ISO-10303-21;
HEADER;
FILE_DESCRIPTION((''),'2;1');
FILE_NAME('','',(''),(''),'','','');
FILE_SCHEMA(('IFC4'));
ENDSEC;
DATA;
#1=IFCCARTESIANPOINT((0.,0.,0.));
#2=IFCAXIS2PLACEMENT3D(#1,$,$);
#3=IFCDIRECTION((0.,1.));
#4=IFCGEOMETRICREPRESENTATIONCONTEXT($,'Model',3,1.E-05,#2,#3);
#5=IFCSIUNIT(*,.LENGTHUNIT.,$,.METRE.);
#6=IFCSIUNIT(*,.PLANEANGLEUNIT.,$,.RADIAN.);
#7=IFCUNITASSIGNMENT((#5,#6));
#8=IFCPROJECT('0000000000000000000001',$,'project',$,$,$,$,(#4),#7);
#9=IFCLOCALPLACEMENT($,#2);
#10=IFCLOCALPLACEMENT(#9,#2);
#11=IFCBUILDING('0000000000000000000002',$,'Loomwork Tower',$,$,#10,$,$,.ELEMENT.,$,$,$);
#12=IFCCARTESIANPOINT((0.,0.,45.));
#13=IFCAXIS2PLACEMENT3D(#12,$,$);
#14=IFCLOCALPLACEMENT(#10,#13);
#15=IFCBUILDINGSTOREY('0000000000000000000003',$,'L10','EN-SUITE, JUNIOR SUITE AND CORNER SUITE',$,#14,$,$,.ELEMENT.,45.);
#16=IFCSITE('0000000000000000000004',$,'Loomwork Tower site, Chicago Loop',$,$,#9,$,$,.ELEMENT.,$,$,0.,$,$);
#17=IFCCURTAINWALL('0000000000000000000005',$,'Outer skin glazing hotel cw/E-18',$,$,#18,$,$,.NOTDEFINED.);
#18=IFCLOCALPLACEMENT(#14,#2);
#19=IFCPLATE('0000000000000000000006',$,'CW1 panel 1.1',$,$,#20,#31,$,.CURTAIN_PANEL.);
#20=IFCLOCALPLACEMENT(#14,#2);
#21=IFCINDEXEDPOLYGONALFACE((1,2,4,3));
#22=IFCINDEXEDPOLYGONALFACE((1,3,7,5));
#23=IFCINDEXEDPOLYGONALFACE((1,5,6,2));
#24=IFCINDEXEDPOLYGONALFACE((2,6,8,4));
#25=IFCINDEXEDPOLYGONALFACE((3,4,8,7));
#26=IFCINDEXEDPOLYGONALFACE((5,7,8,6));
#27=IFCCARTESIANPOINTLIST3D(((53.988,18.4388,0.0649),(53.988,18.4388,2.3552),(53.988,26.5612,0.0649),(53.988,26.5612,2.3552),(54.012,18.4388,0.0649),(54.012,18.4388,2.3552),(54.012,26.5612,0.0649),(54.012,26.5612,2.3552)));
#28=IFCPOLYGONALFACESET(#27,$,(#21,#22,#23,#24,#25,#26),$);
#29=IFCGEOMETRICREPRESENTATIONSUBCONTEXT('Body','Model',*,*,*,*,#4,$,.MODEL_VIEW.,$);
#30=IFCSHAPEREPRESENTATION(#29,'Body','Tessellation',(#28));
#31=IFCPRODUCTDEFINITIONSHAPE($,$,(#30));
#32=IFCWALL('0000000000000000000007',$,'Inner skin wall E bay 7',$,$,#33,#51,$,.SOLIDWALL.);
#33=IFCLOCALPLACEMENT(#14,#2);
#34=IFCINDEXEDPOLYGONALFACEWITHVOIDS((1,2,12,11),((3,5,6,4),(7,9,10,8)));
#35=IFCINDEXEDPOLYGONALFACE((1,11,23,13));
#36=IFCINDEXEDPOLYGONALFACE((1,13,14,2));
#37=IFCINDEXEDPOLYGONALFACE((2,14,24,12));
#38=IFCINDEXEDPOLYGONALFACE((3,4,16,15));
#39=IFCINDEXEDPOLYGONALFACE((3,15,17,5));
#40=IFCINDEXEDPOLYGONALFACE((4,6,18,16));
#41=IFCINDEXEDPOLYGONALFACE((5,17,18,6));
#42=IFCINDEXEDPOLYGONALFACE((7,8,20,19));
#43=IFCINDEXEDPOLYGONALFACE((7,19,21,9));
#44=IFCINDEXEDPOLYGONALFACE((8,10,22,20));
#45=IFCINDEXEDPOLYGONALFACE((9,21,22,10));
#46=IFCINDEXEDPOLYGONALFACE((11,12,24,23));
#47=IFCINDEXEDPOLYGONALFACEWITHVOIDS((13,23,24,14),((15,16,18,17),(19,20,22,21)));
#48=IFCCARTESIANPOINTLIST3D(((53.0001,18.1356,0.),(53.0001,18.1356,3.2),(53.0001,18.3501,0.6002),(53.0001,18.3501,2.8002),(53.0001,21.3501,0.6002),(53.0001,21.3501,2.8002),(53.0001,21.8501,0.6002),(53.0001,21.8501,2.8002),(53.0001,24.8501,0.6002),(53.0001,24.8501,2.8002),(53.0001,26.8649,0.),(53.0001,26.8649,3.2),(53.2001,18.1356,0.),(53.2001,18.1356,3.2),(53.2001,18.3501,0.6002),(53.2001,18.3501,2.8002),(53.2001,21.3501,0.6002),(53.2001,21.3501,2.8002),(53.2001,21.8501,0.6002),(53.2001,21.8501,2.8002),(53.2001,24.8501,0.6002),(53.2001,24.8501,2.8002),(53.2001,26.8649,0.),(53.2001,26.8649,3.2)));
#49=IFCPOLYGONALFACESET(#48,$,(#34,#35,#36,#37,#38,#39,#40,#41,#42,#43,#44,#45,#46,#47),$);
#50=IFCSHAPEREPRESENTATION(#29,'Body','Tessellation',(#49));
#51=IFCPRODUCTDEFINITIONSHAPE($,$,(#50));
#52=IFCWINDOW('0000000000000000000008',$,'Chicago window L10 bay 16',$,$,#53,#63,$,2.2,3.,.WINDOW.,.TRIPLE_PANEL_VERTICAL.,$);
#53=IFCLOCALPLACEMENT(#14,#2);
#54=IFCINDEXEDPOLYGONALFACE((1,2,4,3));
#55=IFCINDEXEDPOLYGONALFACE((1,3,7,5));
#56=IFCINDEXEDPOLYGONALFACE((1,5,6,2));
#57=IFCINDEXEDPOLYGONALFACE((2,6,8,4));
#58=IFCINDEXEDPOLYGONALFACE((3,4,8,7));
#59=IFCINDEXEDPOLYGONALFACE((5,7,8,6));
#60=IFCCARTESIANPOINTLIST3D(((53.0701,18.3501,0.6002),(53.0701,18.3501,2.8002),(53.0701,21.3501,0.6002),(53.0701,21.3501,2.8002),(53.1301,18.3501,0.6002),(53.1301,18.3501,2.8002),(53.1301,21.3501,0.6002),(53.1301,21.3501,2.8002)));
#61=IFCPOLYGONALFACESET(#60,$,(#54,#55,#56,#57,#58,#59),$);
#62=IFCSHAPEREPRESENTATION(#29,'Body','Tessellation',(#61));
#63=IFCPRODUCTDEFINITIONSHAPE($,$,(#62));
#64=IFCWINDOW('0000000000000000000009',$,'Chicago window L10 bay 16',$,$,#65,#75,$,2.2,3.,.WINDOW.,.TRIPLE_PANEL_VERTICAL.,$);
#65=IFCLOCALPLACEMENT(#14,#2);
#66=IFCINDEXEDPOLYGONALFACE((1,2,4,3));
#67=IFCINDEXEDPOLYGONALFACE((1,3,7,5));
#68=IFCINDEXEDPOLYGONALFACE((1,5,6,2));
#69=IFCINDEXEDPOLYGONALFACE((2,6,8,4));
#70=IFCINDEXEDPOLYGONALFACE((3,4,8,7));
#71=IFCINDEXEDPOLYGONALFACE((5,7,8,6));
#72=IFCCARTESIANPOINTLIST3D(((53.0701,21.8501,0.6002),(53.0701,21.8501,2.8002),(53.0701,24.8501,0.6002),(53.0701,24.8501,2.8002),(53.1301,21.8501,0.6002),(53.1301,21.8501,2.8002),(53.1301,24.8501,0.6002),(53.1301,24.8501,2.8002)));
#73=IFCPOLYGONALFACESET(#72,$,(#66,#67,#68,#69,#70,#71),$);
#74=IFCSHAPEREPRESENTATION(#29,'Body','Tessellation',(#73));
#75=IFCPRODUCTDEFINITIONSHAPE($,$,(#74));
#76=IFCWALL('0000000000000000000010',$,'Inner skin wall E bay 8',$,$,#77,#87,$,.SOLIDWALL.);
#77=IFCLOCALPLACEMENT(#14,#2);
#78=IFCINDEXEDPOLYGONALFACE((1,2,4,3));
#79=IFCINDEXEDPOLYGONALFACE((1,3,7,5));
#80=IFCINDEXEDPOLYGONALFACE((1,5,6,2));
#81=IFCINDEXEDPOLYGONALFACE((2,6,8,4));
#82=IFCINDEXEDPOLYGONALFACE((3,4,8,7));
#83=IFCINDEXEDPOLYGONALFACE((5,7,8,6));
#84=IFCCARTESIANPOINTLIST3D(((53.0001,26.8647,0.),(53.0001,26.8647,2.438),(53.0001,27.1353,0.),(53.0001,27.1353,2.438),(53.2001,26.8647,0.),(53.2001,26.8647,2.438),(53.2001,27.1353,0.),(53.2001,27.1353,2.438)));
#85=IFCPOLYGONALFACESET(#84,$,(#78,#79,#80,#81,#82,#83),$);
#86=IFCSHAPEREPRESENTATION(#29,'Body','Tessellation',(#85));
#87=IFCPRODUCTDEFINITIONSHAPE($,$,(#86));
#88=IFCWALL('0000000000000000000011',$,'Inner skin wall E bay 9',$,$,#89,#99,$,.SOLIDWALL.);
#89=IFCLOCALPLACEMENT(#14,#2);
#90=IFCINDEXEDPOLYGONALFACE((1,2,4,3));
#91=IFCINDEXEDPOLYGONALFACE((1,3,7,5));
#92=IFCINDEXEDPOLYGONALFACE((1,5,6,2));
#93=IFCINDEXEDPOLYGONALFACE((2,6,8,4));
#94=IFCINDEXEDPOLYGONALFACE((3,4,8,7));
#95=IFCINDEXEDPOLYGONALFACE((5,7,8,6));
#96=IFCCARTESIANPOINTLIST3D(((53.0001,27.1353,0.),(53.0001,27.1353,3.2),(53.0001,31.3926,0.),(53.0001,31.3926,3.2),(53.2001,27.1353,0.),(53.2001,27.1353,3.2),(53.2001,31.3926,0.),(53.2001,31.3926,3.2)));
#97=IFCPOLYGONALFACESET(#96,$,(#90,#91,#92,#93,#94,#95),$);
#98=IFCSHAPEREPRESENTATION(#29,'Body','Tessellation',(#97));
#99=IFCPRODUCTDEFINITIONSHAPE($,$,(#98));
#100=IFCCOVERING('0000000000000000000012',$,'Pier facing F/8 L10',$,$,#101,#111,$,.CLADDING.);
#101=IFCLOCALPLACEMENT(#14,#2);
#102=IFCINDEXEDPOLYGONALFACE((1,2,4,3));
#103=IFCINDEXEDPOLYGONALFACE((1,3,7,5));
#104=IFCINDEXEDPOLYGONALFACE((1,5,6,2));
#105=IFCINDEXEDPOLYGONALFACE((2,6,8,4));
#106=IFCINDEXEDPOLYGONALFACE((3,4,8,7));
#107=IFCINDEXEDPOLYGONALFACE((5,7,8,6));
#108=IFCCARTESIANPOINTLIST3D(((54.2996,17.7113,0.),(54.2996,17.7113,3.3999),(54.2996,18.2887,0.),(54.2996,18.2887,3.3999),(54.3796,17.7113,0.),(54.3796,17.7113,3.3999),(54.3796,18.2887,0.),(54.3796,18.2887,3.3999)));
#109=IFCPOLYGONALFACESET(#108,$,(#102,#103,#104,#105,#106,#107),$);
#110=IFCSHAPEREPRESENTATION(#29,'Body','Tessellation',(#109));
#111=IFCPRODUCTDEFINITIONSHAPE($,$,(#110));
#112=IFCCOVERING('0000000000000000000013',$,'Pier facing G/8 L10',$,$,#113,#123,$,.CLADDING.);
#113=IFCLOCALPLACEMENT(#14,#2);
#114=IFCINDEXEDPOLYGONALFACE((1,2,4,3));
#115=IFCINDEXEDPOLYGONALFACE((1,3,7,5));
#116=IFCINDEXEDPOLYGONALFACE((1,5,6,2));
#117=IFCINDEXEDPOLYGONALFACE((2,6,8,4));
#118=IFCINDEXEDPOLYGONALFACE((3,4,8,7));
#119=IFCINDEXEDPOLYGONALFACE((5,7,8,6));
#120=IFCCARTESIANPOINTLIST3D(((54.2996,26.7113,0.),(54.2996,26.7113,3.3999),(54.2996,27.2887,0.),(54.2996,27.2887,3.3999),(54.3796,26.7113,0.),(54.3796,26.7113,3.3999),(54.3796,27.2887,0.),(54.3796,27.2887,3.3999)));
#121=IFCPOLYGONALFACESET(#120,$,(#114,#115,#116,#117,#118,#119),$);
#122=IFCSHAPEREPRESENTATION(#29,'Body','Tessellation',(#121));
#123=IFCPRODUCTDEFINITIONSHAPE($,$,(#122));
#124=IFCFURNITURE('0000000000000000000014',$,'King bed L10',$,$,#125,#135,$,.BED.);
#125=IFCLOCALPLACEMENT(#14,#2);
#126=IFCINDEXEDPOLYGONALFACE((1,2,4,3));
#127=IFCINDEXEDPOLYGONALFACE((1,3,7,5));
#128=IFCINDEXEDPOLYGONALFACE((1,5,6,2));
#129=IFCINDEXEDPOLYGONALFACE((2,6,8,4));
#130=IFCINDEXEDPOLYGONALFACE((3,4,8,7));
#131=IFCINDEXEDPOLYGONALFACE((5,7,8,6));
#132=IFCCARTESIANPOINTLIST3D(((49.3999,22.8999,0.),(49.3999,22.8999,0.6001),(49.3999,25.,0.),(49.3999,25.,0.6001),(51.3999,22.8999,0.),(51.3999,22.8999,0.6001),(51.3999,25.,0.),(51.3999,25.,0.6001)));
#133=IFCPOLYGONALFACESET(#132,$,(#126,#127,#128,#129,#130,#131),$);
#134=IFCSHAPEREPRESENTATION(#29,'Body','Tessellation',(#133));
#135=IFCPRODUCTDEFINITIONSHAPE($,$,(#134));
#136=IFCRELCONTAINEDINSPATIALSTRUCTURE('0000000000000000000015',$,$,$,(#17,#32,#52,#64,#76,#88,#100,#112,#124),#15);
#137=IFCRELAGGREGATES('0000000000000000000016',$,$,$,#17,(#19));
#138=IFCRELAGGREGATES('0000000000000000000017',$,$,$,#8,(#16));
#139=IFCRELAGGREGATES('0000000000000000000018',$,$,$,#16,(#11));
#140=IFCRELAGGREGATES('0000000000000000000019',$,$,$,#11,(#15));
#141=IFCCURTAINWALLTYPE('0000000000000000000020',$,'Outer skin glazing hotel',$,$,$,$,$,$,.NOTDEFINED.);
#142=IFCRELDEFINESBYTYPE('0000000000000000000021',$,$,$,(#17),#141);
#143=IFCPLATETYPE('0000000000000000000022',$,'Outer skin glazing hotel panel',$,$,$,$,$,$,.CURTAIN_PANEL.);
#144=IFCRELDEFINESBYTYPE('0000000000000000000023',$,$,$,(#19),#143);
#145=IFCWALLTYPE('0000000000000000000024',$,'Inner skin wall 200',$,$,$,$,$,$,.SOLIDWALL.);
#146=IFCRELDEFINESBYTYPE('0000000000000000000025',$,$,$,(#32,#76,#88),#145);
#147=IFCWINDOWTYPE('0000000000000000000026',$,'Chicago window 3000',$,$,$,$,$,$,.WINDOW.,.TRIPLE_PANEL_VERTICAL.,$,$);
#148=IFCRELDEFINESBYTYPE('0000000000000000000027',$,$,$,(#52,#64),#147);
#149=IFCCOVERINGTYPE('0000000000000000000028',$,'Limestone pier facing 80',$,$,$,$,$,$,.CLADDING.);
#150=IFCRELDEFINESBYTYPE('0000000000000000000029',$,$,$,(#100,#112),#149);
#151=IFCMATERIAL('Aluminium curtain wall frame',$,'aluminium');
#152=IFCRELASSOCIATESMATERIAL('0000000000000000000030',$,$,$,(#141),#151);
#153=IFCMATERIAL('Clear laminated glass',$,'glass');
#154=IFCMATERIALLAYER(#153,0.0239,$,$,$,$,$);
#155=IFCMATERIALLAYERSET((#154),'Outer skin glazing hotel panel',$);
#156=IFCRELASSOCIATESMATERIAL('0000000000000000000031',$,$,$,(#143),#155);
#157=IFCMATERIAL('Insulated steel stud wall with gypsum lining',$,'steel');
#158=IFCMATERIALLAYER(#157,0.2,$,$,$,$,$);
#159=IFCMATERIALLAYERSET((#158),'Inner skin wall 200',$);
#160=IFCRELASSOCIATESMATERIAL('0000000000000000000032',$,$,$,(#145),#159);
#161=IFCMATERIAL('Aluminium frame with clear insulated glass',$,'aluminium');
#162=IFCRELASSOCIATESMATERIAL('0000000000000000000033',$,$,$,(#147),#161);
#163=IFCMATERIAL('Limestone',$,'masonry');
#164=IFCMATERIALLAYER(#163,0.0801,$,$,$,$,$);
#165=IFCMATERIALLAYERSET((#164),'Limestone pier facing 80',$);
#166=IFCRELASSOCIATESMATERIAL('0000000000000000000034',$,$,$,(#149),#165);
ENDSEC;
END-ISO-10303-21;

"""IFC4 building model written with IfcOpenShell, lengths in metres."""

from ifc_helpers import new_model, si_unit, direction, frame, frame_2d, origin, origin_2d, place, context, subcontext, project, spatial, rectangle, extrude, material, layer, layer_set, type_object, element, fill, aggregate, save


model = new_model("IFC4")

# Units and contexts
model_context = context("Model", 3, precision=1e-05, world=origin(), true_north=direction((0.0, 1.0)))
body_context = subcontext(model_context, "Body", "Model", "MODEL_VIEW")
ifc_project = project(units=[si_unit("LENGTHUNIT", "METRE"), si_unit("PLANEANGLEUNIT", "RADIAN")], contexts=[model_context])

# Site, building, storey
site_placement = place(None, origin())
site = spatial("IfcSite", under=ifc_project, at=site_placement, Name="Loomwork Tower site, Chicago Loop", CompositionType="ELEMENT", RefElevation=0.0)
building_placement = place(site_placement, origin())
building = spatial("IfcBuilding", under=site, at=building_placement, Name="Loomwork Tower", CompositionType="ELEMENT")
storey_placement = place(building_placement, frame((0.0, 0.0, 45.0)))
storey = spatial("IfcBuildingStorey", under=building, at=storey_placement, Name="L10", Description="EN-SUITE, JUNIOR SUITE AND CORNER SUITE", CompositionType="ELEMENT", Elevation=45.0)

# Curtain wall
ifc_material_1 = material(Name="Aluminium curtain wall frame", Category="aluminium")
curtain_wall_type = type_object("IfcCurtainWallType", Name="Outer skin glazing hotel", PredefinedType="NOTDEFINED", material=ifc_material_1)
curtain_wall_1_placement = place(storey_placement, origin())
curtain_wall_1 = element("IfcCurtainWall", 1, at=curtain_wall_1_placement, inside=storey, type_object=curtain_wall_type, Name="Outer skin glazing hotel cw/E-18", PredefinedType="NOTDEFINED")

# Plate
ifc_material_2 = material(Name="Clear laminated glass", Category="glass")
ifc_layer_1 = layer(ifc_material_2, 0.0239)
ifc_layer_set_1 = layer_set([ifc_layer_1], Name="Outer skin glazing hotel panel")
plate_type = type_object("IfcPlateType", Name="Outer skin glazing hotel panel", PredefinedType="CURTAIN_PANEL", material=ifc_layer_set_1)
plate_placement = place(storey_placement, frame((54.0, 22.5, 0.0649), z_axis=(0.0, 0.0, 1.0), x_axis=(0.0, 1.0, 0.0)))
plate = element("IfcPlate", 2, at=plate_placement, type_object=plate_type, Name="CW1 panel 1.1", PredefinedType="CURTAIN_PANEL", context=body_context, shape_type="SweptSolid", body=[
    extrude(rectangle(XDim=8.1223, YDim=0.0239, at=origin_2d()), origin(), (0.0, 0.0, 1.0), 2.2903),
])
aggregate(curtain_wall_1, [plate])

# Wall, openings, windows
ifc_material_3 = material(Name="Insulated steel stud wall with gypsum lining", Category="steel")
ifc_layer_2 = layer(ifc_material_3, 0.2)
ifc_layer_set_2 = layer_set([ifc_layer_2], Name="Inner skin wall 200")
wall_type = type_object("IfcWallType", Name="Inner skin wall 200", PredefinedType="SOLIDWALL", material=ifc_layer_set_2)
wall_1_placement = place(storey_placement, frame((53.1001, 18.1355, 0.0), z_axis=(0.0, 0.0, 1.0), x_axis=(0.0, 1.0, 0.0)))
wall_1 = element("IfcWall", 3, at=wall_1_placement, inside=storey, type_object=wall_type, Name="Inner skin wall E bay 7", PredefinedType="SOLIDWALL", context=body_context, shape_type="SweptSolid", body=[
    extrude(rectangle(XDim=8.7292, YDim=0.2, at=frame_2d((4.3647, 0.0))), origin(), (0.0, 0.0, 1.0), 3.2),
])
opening_1_placement = place(wall_1_placement, frame((0.2146, 0.0, 0.6001)))
opening_1 = element("IfcOpeningElement", 4, at=opening_1_placement, cuts=wall_1, PredefinedType="OPENING", context=body_context, shape_type="SweptSolid", body=[
    extrude(rectangle(XDim=3.0, YDim=2.2, at=frame_2d((1.5, 1.1001))), frame((0.0, 0.1099, 0.0), z_axis=(0.0, -1.0, 0.0), x_axis=(1.0, 0.0, 0.0)), (0.0, 0.0, 1.0), 0.22),
])
opening_2_placement = place(wall_1_placement, frame((3.7146, 0.0, 0.6001)))
opening_2 = element("IfcOpeningElement", 5, at=opening_2_placement, cuts=wall_1, PredefinedType="OPENING", context=body_context, shape_type="SweptSolid", body=[
    extrude(rectangle(XDim=3.0, YDim=2.2, at=frame_2d((1.5, 1.1001))), frame((0.0, 0.1099, 0.0), z_axis=(0.0, -1.0, 0.0), x_axis=(1.0, 0.0, 0.0)), (0.0, 0.0, 1.0), 0.22),
])
ifc_material_4 = material(Name="Aluminium frame with clear insulated glass", Category="aluminium")
window_type = type_object("IfcWindowType", Name="Chicago window 3000", PartitioningType="TRIPLE_PANEL_VERTICAL", PredefinedType="WINDOW", material=ifc_material_4)
window_1_placement = place(opening_1_placement, origin())
window_1 = element("IfcWindow", 6, at=window_1_placement, inside=storey, type_object=window_type, Name="Chicago window L10 bay 16", OverallHeight=2.2, OverallWidth=3.0, PartitioningType="TRIPLE_PANEL_VERTICAL", PredefinedType="WINDOW", context=body_context, shape_type="SweptSolid", body=[
    extrude(rectangle(XDim=3.0, YDim=2.2, at=frame_2d((1.5, 1.1001))), frame((0.0, 0.03, 0.0), z_axis=(0.0, -1.0, 0.0), x_axis=(1.0, 0.0, 0.0)), (0.0, 0.0, 1.0), 0.0601),
])
fill(opening_1, window_1)
window_2_placement = place(opening_2_placement, origin())
window_2 = element("IfcWindow", 7, at=window_2_placement, inside=storey, type_object=window_type, Name="Chicago window L10 bay 16", OverallHeight=2.2, OverallWidth=3.0, PartitioningType="TRIPLE_PANEL_VERTICAL", PredefinedType="WINDOW", context=body_context, shape_type="SweptSolid", body=[
    extrude(rectangle(XDim=3.0, YDim=2.2, at=frame_2d((1.5, 1.1001))), frame((0.0, 0.03, 0.0), z_axis=(0.0, -1.0, 0.0), x_axis=(1.0, 0.0, 0.0)), (0.0, 0.0, 1.0), 0.0601),
])
fill(opening_2, window_2)

# Walls
wall_2_placement = place(storey_placement, frame((53.1001, 26.8647, 0.0), z_axis=(0.0, 0.0, 1.0), x_axis=(0.0, 1.0, 0.0)))
element("IfcWall", 8, at=wall_2_placement, inside=storey, type_object=wall_type, Name="Inner skin wall E bay 8", PredefinedType="SOLIDWALL", context=body_context, shape_type="SweptSolid", body=[
    extrude(rectangle(XDim=0.2705, YDim=0.2, at=frame_2d((0.1353, 0.0))), origin(), (0.0, 0.0, 1.0), 2.438),
])
wall_3_placement = place(storey_placement, frame((53.1001, 27.1353, 0.0), z_axis=(0.0, 0.0, 1.0), x_axis=(0.0, 1.0, 0.0)))
element("IfcWall", 9, at=wall_3_placement, inside=storey, type_object=wall_type, Name="Inner skin wall E bay 9", PredefinedType="SOLIDWALL", context=body_context, shape_type="SweptSolid", body=[
    extrude(rectangle(XDim=4.2573, YDim=0.2, at=frame_2d((2.1287, 0.0))), origin(), (0.0, 0.0, 1.0), 3.2),
])

# Coverings
ifc_material_5 = material(Name="Limestone", Category="masonry")
ifc_layer_3 = layer(ifc_material_5, 0.0801)
ifc_layer_set_3 = layer_set([ifc_layer_3], Name="Limestone pier facing 80")
covering_type = type_object("IfcCoveringType", Name="Limestone pier facing 80", PredefinedType="CLADDING", material=ifc_layer_set_3)
for number, where, z_axis, x_axis, name in (
    (10, (54.3396, 18.0, 0.0), (0.0, 0.0, 1.0), (1.0, 0.0, 0.0), "Pier facing F/8 L10"),
    (11, (54.3396, 27.0, 0.0), (0.0, 0.0, 1.0), (1.0, 0.0, 0.0), "Pier facing G/8 L10"),
):
    element("IfcCovering", number, at=place(storey_placement, frame(where, z_axis=z_axis, x_axis=x_axis)), inside=storey, type_object=covering_type, Name=name, PredefinedType="CLADDING", context=body_context, shape_type="SweptSolid", body=[
        extrude(rectangle(XDim=0.0801, YDim=0.5774, at=origin_2d()), origin(), (0.0, 0.0, 1.0), 3.3999),
    ])

# Furniture
furniture_placement = place(storey_placement, frame((50.3999, 23.95, 0.0), z_axis=(0.0, 0.0, 1.0), x_axis=(1.0, 0.0, 0.0)))
element("IfcFurniture", 12, at=furniture_placement, inside=storey, Name="King bed L10", PredefinedType="BED", context=body_context, shape_type="SweptSolid", body=[
    extrude(rectangle(XDim=2.0, YDim=2.1001, at=origin_2d()), origin(), (0.0, 0.0, 1.0), 0.6001),
])

save(model, "model.ifc")
